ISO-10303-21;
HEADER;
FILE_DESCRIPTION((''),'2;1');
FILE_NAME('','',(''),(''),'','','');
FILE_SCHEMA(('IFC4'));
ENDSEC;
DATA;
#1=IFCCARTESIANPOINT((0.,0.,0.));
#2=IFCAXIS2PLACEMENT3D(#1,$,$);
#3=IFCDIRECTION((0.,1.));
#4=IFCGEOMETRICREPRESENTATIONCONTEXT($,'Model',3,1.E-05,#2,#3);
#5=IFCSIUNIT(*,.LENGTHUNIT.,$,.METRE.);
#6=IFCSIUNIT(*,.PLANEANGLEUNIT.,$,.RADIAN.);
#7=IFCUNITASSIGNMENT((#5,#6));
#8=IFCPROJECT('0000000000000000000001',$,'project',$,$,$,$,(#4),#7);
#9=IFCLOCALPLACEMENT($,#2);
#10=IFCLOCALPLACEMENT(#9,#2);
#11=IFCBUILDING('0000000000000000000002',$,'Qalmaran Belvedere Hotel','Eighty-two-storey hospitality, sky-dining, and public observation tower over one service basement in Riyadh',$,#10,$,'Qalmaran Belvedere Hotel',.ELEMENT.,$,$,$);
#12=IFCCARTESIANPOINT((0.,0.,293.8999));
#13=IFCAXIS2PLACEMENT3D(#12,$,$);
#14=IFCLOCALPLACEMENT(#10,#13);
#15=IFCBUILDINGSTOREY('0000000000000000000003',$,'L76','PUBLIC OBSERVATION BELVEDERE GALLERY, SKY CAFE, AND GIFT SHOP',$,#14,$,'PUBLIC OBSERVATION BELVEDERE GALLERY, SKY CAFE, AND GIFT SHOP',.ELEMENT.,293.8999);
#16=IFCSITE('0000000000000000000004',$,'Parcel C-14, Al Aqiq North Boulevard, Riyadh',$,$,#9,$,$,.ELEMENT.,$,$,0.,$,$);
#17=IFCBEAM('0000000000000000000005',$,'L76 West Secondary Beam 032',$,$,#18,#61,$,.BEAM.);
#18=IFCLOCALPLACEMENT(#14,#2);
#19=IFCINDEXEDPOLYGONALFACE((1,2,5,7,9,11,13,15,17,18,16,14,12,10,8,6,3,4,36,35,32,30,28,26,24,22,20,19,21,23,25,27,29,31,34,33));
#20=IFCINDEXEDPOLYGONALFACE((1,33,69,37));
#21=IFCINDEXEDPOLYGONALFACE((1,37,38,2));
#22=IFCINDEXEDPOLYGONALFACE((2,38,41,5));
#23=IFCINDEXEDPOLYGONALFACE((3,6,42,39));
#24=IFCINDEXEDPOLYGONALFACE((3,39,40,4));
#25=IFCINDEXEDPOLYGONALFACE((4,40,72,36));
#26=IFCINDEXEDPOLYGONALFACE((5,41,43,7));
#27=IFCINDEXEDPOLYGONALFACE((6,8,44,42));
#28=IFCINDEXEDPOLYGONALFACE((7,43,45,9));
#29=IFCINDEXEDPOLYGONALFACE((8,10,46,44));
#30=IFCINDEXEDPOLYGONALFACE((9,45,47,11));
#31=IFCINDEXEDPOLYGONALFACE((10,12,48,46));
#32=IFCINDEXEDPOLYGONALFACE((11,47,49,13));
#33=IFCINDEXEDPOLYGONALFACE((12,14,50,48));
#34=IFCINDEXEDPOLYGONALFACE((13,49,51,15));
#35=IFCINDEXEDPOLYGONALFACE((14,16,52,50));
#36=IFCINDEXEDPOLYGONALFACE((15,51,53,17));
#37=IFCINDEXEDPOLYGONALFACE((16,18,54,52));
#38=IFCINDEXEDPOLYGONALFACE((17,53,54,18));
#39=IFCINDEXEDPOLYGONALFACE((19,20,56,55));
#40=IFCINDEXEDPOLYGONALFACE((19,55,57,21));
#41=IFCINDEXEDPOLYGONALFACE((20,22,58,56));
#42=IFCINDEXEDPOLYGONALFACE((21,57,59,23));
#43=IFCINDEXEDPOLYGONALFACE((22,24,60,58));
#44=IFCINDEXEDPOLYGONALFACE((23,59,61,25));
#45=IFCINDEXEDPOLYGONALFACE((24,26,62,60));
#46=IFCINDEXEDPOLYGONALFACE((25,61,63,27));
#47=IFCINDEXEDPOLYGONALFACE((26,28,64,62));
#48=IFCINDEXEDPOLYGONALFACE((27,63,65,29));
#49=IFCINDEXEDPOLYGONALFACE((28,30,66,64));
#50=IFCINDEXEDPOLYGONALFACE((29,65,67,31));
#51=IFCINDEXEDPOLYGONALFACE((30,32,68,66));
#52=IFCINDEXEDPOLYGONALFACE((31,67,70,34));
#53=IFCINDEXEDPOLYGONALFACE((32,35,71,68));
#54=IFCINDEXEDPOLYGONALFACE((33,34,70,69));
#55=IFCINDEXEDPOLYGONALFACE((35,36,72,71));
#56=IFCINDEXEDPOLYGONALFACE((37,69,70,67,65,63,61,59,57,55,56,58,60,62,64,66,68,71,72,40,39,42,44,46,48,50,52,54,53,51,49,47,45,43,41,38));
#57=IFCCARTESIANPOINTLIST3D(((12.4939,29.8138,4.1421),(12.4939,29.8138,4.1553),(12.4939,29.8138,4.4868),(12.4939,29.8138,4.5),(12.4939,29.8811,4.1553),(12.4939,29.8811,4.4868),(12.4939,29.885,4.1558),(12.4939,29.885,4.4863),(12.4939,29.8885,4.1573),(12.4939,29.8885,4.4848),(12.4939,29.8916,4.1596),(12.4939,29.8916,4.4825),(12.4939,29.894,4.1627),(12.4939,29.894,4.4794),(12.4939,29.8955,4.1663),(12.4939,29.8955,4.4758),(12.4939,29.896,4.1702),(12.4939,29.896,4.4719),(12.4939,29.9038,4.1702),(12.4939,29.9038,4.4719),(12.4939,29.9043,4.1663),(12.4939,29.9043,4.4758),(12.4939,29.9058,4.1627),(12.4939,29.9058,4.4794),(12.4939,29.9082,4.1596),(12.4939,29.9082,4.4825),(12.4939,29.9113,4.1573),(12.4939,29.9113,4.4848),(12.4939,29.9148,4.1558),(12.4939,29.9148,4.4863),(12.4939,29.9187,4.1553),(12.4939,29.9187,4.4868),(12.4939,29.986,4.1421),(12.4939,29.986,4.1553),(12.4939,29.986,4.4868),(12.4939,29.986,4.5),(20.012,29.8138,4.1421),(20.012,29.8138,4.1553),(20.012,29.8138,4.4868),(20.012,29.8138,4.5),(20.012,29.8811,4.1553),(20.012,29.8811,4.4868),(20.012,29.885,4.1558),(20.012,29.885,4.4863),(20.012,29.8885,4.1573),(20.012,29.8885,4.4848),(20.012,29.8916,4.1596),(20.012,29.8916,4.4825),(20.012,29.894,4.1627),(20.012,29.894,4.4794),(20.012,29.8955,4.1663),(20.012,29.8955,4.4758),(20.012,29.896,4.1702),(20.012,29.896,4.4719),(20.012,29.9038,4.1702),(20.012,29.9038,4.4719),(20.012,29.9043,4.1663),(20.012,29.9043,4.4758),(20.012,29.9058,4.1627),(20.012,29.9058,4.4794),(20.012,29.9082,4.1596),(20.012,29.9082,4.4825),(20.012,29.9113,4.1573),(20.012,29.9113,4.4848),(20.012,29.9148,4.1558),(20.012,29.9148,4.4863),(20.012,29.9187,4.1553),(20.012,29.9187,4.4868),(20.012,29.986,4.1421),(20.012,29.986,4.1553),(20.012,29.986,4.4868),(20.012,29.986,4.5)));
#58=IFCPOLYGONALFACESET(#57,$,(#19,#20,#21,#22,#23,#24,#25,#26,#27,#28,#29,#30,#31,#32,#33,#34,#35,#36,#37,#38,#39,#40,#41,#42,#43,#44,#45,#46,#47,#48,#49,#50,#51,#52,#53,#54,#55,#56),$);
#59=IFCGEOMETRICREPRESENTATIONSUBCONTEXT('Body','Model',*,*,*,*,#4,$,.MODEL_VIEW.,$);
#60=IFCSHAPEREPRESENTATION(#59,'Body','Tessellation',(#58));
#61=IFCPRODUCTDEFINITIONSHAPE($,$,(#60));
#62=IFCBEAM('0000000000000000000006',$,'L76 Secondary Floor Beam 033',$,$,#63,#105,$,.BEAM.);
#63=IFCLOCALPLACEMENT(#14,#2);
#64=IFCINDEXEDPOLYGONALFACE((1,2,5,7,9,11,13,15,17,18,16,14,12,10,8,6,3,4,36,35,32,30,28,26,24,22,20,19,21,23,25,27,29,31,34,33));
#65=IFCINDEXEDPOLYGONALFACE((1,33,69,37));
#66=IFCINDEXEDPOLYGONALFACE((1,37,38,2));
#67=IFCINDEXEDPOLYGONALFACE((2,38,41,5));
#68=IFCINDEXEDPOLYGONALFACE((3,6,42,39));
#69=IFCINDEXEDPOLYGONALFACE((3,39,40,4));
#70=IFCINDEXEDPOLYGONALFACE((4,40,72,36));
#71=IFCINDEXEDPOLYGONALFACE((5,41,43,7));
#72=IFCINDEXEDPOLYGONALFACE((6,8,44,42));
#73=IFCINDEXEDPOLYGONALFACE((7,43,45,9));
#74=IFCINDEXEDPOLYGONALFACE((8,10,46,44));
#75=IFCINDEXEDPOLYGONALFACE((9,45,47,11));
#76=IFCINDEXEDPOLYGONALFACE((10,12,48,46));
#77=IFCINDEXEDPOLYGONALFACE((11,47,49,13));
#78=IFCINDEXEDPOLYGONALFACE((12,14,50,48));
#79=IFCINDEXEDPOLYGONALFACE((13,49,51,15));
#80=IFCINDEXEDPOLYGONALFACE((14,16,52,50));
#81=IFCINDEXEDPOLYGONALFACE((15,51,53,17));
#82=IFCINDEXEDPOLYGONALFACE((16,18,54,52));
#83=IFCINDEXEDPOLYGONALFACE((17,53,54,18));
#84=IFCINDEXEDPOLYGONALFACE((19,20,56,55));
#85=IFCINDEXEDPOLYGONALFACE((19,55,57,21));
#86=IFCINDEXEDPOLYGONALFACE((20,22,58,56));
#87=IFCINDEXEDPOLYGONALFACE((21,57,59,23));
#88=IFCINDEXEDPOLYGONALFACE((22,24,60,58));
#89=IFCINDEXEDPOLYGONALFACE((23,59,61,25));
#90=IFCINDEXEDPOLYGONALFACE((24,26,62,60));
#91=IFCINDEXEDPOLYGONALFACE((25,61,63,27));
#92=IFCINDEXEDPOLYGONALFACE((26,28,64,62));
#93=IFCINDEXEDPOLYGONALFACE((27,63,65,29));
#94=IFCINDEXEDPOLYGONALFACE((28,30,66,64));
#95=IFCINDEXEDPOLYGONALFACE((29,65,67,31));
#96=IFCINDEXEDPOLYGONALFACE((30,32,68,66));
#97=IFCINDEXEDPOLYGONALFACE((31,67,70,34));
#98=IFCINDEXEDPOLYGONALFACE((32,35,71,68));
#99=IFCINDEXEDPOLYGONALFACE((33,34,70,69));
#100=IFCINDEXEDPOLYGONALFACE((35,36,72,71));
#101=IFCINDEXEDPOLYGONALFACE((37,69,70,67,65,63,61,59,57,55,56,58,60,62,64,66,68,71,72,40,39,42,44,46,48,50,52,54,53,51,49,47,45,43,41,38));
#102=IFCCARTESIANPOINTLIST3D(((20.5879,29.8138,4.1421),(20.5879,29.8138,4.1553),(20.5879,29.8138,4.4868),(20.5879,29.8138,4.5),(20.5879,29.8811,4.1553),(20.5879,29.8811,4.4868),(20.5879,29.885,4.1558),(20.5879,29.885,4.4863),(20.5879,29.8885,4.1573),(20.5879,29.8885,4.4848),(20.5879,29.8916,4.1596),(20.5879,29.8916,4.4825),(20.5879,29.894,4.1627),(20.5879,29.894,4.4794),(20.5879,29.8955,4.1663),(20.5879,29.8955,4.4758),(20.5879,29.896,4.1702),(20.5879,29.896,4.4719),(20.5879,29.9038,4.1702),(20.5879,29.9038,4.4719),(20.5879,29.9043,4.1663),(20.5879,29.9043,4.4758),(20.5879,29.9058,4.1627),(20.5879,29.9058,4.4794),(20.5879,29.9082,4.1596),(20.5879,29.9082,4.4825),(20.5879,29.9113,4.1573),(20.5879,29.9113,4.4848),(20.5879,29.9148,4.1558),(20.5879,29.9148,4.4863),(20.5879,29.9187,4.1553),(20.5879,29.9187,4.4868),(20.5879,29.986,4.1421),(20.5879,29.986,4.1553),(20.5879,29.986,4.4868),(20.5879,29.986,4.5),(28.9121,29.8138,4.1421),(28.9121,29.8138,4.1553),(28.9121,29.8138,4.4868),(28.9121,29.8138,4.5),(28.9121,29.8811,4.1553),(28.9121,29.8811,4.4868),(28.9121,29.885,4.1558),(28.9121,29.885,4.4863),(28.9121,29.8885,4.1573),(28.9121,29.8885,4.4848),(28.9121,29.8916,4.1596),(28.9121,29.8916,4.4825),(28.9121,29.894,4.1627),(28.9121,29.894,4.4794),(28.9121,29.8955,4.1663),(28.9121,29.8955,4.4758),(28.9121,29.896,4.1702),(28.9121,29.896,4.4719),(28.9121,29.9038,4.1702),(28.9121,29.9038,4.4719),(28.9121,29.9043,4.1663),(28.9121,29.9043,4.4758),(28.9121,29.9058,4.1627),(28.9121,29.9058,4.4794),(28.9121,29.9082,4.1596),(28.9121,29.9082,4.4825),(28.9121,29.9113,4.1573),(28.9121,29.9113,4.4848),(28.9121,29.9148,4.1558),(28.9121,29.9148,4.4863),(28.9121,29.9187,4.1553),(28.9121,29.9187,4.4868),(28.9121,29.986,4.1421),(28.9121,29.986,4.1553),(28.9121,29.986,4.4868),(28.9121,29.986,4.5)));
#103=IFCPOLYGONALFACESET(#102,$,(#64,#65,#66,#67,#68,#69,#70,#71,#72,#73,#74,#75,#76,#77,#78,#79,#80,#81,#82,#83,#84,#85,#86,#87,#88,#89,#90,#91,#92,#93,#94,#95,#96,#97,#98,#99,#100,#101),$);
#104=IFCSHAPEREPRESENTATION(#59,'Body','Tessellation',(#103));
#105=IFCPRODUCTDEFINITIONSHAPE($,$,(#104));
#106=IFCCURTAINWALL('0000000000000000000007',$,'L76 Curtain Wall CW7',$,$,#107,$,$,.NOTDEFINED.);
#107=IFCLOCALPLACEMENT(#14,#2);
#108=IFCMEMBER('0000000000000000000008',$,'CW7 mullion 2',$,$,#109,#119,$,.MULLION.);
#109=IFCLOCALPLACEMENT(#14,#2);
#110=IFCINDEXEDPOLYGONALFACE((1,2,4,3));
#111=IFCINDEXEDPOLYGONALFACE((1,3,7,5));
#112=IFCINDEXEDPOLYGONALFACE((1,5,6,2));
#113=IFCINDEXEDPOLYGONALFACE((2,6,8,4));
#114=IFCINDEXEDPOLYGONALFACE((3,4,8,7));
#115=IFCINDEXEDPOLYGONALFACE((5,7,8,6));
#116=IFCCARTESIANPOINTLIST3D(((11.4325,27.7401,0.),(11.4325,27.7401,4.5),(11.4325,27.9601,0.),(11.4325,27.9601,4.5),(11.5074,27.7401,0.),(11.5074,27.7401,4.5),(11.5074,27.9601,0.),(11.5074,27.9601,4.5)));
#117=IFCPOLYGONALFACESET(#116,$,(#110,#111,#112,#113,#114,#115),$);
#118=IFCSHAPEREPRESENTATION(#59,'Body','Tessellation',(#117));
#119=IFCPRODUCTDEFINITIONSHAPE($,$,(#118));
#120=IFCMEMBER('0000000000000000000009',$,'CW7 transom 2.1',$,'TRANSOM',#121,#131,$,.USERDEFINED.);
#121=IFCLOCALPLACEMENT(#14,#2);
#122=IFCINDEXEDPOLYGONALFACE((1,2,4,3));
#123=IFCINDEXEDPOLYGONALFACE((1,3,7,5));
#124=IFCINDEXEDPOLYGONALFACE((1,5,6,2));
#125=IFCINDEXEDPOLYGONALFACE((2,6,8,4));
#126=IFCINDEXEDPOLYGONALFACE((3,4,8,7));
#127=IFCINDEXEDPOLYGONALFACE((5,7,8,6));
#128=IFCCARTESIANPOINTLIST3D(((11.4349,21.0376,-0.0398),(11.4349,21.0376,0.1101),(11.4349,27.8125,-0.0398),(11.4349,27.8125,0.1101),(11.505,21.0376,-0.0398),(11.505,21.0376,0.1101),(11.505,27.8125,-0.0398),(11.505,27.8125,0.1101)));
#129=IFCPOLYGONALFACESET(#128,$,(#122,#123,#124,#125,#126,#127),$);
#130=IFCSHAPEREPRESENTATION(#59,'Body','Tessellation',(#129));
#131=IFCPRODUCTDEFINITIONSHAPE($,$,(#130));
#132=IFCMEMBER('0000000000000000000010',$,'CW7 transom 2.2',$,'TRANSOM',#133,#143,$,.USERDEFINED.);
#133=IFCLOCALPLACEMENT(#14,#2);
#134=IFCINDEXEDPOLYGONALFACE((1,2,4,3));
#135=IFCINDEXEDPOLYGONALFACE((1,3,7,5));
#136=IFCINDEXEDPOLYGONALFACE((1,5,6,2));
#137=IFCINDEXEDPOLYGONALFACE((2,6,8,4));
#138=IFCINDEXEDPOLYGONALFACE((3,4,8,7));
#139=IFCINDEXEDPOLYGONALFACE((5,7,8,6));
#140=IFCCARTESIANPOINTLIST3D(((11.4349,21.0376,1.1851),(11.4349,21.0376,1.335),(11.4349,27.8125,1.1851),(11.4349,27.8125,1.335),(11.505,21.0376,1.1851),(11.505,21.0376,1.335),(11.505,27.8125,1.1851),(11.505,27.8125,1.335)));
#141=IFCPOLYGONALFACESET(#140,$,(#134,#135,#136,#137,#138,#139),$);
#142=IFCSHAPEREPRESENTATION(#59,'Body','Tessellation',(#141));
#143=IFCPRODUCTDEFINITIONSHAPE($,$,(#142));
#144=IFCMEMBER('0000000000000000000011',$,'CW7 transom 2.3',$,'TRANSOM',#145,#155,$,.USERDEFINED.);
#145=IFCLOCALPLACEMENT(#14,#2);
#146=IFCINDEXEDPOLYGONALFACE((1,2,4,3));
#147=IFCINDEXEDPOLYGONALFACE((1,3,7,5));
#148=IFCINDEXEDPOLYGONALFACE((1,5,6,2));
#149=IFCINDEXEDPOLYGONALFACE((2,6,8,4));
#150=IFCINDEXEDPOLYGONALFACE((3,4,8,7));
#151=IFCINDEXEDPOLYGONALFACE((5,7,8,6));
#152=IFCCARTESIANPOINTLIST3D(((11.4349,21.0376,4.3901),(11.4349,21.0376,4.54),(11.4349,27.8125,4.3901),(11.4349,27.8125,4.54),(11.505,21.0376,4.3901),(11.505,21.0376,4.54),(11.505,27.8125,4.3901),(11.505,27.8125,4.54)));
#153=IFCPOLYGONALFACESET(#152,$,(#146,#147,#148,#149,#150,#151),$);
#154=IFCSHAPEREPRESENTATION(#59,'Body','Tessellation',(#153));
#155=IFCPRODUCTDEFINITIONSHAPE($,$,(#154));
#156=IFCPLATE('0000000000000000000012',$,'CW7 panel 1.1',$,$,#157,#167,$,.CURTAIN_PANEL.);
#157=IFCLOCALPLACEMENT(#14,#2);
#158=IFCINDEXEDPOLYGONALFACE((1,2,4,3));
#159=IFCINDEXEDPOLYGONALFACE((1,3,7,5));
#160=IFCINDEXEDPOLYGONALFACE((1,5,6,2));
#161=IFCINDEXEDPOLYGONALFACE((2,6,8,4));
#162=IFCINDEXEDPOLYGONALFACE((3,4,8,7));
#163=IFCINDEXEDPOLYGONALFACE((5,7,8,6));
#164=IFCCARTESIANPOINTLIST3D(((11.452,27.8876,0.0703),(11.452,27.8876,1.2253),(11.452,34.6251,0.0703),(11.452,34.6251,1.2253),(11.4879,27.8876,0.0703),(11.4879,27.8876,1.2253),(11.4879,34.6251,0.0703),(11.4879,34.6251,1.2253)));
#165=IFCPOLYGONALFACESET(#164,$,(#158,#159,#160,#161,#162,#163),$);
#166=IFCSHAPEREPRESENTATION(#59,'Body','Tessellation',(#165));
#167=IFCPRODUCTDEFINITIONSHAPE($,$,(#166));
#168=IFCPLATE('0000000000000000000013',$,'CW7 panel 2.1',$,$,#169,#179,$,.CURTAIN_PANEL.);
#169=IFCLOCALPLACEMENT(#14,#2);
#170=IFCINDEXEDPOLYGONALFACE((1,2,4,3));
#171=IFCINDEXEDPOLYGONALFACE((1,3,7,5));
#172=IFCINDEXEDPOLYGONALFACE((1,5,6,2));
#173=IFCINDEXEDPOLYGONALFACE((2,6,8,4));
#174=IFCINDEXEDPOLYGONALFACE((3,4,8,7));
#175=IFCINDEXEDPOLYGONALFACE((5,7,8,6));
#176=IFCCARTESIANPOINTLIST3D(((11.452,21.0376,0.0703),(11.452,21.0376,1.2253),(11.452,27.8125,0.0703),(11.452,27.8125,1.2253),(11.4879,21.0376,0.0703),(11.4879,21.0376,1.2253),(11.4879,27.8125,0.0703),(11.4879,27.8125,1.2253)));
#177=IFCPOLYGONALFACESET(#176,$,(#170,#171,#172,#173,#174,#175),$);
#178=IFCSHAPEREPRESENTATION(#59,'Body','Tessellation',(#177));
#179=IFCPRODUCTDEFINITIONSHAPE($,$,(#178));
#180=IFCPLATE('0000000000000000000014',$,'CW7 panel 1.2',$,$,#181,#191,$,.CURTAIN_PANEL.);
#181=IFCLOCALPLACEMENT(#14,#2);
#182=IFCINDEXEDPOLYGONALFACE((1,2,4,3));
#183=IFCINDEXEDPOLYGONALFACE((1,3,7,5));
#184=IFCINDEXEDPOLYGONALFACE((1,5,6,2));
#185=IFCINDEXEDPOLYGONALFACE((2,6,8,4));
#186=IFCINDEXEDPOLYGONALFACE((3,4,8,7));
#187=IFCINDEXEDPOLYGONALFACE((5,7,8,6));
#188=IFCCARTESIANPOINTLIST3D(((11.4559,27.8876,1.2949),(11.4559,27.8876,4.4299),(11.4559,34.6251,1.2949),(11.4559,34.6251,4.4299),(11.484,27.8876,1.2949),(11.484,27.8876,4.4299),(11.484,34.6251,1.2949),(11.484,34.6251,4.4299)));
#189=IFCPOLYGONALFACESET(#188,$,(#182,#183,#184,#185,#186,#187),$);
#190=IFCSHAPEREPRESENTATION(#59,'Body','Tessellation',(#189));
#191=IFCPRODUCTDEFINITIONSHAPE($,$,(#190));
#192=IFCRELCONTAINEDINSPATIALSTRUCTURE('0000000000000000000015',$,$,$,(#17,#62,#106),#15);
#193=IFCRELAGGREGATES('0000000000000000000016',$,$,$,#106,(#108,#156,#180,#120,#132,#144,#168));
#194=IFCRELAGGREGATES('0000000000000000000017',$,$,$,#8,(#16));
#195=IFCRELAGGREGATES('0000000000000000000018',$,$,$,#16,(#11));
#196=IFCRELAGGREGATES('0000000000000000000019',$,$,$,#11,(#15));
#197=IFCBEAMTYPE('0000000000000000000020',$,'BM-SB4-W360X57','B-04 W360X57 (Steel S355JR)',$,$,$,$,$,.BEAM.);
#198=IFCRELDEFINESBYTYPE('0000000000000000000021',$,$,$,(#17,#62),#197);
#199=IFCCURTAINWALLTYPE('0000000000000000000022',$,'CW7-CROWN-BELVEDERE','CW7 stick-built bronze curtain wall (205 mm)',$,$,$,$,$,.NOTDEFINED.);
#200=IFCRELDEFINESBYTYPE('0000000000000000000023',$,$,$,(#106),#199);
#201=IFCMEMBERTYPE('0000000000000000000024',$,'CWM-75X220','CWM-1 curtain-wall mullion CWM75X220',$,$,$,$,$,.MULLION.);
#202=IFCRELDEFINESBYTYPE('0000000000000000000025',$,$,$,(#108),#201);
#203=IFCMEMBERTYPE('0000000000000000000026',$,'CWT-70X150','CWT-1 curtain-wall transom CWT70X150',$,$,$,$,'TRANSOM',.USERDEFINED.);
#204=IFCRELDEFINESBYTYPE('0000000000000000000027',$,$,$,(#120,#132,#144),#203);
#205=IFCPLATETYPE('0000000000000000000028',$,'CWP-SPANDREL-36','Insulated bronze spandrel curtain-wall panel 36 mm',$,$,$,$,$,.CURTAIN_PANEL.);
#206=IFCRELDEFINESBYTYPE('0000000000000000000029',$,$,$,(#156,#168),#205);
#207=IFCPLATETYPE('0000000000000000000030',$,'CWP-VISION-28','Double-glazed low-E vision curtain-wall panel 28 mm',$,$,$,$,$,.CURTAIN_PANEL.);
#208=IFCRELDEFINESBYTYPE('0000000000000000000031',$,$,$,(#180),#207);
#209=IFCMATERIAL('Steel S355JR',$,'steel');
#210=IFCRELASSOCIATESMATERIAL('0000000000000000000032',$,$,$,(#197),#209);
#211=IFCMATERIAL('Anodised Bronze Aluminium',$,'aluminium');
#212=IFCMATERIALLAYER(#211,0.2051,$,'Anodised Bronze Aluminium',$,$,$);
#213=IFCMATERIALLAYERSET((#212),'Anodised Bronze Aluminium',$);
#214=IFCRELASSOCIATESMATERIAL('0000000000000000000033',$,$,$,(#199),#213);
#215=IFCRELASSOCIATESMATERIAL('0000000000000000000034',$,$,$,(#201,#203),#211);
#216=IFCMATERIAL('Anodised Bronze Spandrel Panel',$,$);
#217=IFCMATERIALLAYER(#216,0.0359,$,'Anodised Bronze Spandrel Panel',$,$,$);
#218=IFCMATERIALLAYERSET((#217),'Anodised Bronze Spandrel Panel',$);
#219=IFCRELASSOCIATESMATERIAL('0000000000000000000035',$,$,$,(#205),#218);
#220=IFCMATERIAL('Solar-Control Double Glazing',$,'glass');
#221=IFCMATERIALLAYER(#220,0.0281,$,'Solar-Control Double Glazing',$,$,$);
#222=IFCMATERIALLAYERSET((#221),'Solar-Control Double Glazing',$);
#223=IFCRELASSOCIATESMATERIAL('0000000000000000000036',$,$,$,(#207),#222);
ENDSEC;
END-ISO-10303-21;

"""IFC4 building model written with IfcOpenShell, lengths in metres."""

from ifc_helpers import new_model, si_unit, direction, frame, origin, origin_2d, place, context, subcontext, project, spatial, rectangle, i_section, extrude, material, layer, layer_set, material_profile, profile_set, type_object, element, aggregate, save


model = new_model("IFC4")

# Units and contexts
model_context = context("Model", 3, precision=1e-05, world=origin(), true_north=direction((0.0, 1.0)))
body_context = subcontext(model_context, "Body", "Model", "MODEL_VIEW")
ifc_project = project(units=[si_unit("LENGTHUNIT", "METRE"), si_unit("PLANEANGLEUNIT", "RADIAN")], contexts=[model_context])

# Site, building, storey
site_placement = place(None, origin())
site = spatial("IfcSite", under=ifc_project, at=site_placement, Name="Parcel C-14, Al Aqiq North Boulevard, Riyadh", CompositionType="ELEMENT", RefElevation=0.0)
building_placement = place(site_placement, origin())
building = spatial("IfcBuilding", under=site, at=building_placement, Name="Qalmaran Belvedere Hotel", Description="Eighty-two-storey hospitality, sky-dining, and public observation tower over one service basement in Riyadh", LongName="Qalmaran Belvedere Hotel", CompositionType="ELEMENT")
storey_placement = place(building_placement, frame((0.0, 0.0, 293.8999)))
storey = spatial("IfcBuildingStorey", under=building, at=storey_placement, Name="L76", Description="PUBLIC OBSERVATION BELVEDERE GALLERY, SKY CAFE, AND GIFT SHOP", LongName="PUBLIC OBSERVATION BELVEDERE GALLERY, SKY CAFE, AND GIFT SHOP", CompositionType="ELEMENT", Elevation=293.8999)

# Beams
ifc_material_1 = material(Name="Steel S355JR", Category="steel")
ifc_material_profile_1 = material_profile(ifc_material_1, i_section(OverallWidth=0.1721, OverallDepth=0.3579, WebThickness=0.0078, FlangeThickness=0.0132, FilletRadius=0.0149, at=origin_2d()), Name="W360X57")
ifc_profile_set_1 = profile_set([ifc_material_profile_1], Name="Steel S355JR")
beam_type = type_object("IfcBeamType", Name="BM-SB4-W360X57", Description="B-04 W360X57 (Steel S355JR)", PredefinedType="BEAM", material=ifc_profile_set_1)
beam_1_placement = place(storey_placement, frame((12.4939, 29.8999, 4.321), z_axis=(1.0, 0.0, 0.0), x_axis=(0.0, 1.0, 0.0)))
element("IfcBeam", 1, at=beam_1_placement, inside=storey, type_object=beam_type, Name="L76 West Secondary Beam 032", PredefinedType="BEAM", context=body_context, shape_type="SweptSolid", body=[
    extrude(i_section(OverallWidth=0.1721, OverallDepth=0.3579, WebThickness=0.0078, FlangeThickness=0.0132, FilletRadius=0.0149, at=origin_2d()), origin(), (0.0, 0.0, 1.0), 7.5181),
])
beam_2_placement = place(storey_placement, frame((20.5879, 29.8999, 4.321), z_axis=(1.0, 0.0, 0.0), x_axis=(0.0, 1.0, 0.0)))
element("IfcBeam", 2, at=beam_2_placement, inside=storey, type_object=beam_type, Name="L76 Secondary Floor Beam 033", PredefinedType="BEAM", context=body_context, shape_type="SweptSolid", body=[
    extrude(i_section(OverallWidth=0.1721, OverallDepth=0.3579, WebThickness=0.0078, FlangeThickness=0.0132, FilletRadius=0.0149, at=origin_2d()), origin(), (0.0, 0.0, 1.0), 8.3242),
])

# Curtain wall, members, plates
ifc_material_2 = material(Name="Anodised Bronze Aluminium", Category="aluminium")
ifc_layer_1 = layer(ifc_material_2, 0.2051, Name="Anodised Bronze Aluminium")
ifc_layer_set_1 = layer_set([ifc_layer_1], Name="Anodised Bronze Aluminium")
curtain_wall_type = type_object("IfcCurtainWallType", Name="CW7-CROWN-BELVEDERE", Description="CW7 stick-built bronze curtain wall (205 mm)", PredefinedType="NOTDEFINED", material=ifc_layer_set_1)
curtain_wall_placement = place(storey_placement, origin())
curtain_wall = element("IfcCurtainWall", 3, at=curtain_wall_placement, inside=storey, type_object=curtain_wall_type, Name="L76 Curtain Wall CW7", PredefinedType="NOTDEFINED")
ifc_material_profile_2 = material_profile(ifc_material_2, rectangle(XDim=0.075, YDim=0.22, at=origin_2d()), Name="CWM75X220")
ifc_profile_set_2 = profile_set([ifc_material_profile_2], Name="Anodised Bronze Aluminium")
member_type_1 = type_object("IfcMemberType", Name="CWM-75X220", Description="CWM-1 curtain-wall mullion CWM75X220", PredefinedType="MULLION", material=ifc_profile_set_2)
member_1_placement = place(storey_placement, frame((11.47, 27.8501, 0.0), z_axis=(0.0, 0.0, 1.0), x_axis=(1.0, 0.0, 0.0)))
member_1 = element("IfcMember", 4, at=member_1_placement, type_object=member_type_1, Name="CW7 mullion 2", PredefinedType="MULLION", context=body_context, shape_type="SweptSolid", body=[
    extrude(rectangle(XDim=0.075, YDim=0.22, at=origin_2d()), origin(), (0.0, 0.0, 1.0), 4.5),
])
ifc_material_profile_3 = material_profile(ifc_material_2, rectangle(XDim=0.0701, YDim=0.1499, at=origin_2d()), Name="CWT70X150")
ifc_profile_set_3 = profile_set([ifc_material_profile_3], Name="Anodised Bronze Aluminium")
member_type_2 = type_object("IfcMemberType", Name="CWT-70X150", Description="CWT-1 curtain-wall transom CWT70X150", ElementType="TRANSOM", PredefinedType="USERDEFINED", material=ifc_profile_set_3)
member_2_placement = place(storey_placement, frame((11.47, 27.8125, 0.0352), z_axis=(0.0, -1.0, 0.0), x_axis=(1.0, 0.0, 0.0)))
member_2 = element("IfcMember", 5, at=member_2_placement, type_object=member_type_2, Name="CW7 transom 2.1", ObjectType="TRANSOM", PredefinedType="USERDEFINED", context=body_context, shape_type="SweptSolid", body=[
    extrude(rectangle(XDim=0.0701, YDim=0.1499, at=origin_2d()), origin(), (0.0, 0.0, 1.0), 6.7749),
])
member_3_placement = place(storey_placement, frame((11.47, 27.8125, 1.26), z_axis=(0.0, -1.0, 0.0), x_axis=(1.0, 0.0, 0.0)))
member_3 = element("IfcMember", 6, at=member_3_placement, type_object=member_type_2, Name="CW7 transom 2.2", ObjectType="TRANSOM", PredefinedType="USERDEFINED", context=body_context, shape_type="SweptSolid", body=[
    extrude(rectangle(XDim=0.0701, YDim=0.1499, at=origin_2d()), origin(), (0.0, 0.0, 1.0), 6.7749),
])
member_4_placement = place(storey_placement, frame((11.47, 27.8125, 4.4651), z_axis=(0.0, -1.0, 0.0), x_axis=(1.0, 0.0, 0.0)))
member_4 = element("IfcMember", 7, at=member_4_placement, type_object=member_type_2, Name="CW7 transom 2.3", ObjectType="TRANSOM", PredefinedType="USERDEFINED", context=body_context, shape_type="SweptSolid", body=[
    extrude(rectangle(XDim=0.0701, YDim=0.1499, at=origin_2d()), origin(), (0.0, 0.0, 1.0), 6.7749),
])
ifc_material_3 = material(Name="Anodised Bronze Spandrel Panel")
ifc_layer_2 = layer(ifc_material_3, 0.0359, Name="Anodised Bronze Spandrel Panel")
ifc_layer_set_2 = layer_set([ifc_layer_2], Name="Anodised Bronze Spandrel Panel")
plate_type_1 = type_object("IfcPlateType", Name="CWP-SPANDREL-36", Description="Insulated bronze spandrel curtain-wall panel 36 mm", PredefinedType="CURTAIN_PANEL", material=ifc_layer_set_2)
plate_1_placement = place(storey_placement, frame((11.47, 31.2563, 0.0703), z_axis=(0.0, 0.0, 1.0), x_axis=(0.0, -1.0, 0.0)))
plate_1 = element("IfcPlate", 8, at=plate_1_placement, type_object=plate_type_1, Name="CW7 panel 1.1", PredefinedType="CURTAIN_PANEL", context=body_context, shape_type="SweptSolid", body=[
    extrude(rectangle(XDim=6.7375, YDim=0.0359, at=origin_2d()), origin(), (0.0, 0.0, 1.0), 1.155),
])
plate_2_placement = place(storey_placement, frame((11.47, 24.425, 0.0703), z_axis=(0.0, 0.0, 1.0), x_axis=(0.0, -1.0, 0.0)))
plate_2 = element("IfcPlate", 9, at=plate_2_placement, type_object=plate_type_1, Name="CW7 panel 2.1", PredefinedType="CURTAIN_PANEL", context=body_context, shape_type="SweptSolid", body=[
    extrude(rectangle(XDim=6.7749, YDim=0.0359, at=origin_2d()), origin(), (0.0, 0.0, 1.0), 1.155),
])
ifc_material_4 = material(Name="Solar-Control Double Glazing", Category="glass")
ifc_layer_3 = layer(ifc_material_4, 0.0281, Name="Solar-Control Double Glazing")
ifc_layer_set_3 = layer_set([ifc_layer_3], Name="Solar-Control Double Glazing")
plate_type_2 = type_object("IfcPlateType", Name="CWP-VISION-28", Description="Double-glazed low-E vision curtain-wall panel 28 mm", PredefinedType="CURTAIN_PANEL", material=ifc_layer_set_3)
plate_3_placement = place(storey_placement, frame((11.47, 31.2563, 1.2949), z_axis=(0.0, 0.0, 1.0), x_axis=(0.0, -1.0, 0.0)))
plate_3 = element("IfcPlate", 10, at=plate_3_placement, type_object=plate_type_2, Name="CW7 panel 1.2", PredefinedType="CURTAIN_PANEL", context=body_context, shape_type="SweptSolid", body=[
    extrude(rectangle(XDim=6.7375, YDim=0.0281, at=origin_2d()), origin(), (0.0, 0.0, 1.0), 3.135),
])
aggregate(curtain_wall, [member_1, plate_1, plate_3, member_2, member_3, member_4, plate_2])

save(model, "model.ifc")
